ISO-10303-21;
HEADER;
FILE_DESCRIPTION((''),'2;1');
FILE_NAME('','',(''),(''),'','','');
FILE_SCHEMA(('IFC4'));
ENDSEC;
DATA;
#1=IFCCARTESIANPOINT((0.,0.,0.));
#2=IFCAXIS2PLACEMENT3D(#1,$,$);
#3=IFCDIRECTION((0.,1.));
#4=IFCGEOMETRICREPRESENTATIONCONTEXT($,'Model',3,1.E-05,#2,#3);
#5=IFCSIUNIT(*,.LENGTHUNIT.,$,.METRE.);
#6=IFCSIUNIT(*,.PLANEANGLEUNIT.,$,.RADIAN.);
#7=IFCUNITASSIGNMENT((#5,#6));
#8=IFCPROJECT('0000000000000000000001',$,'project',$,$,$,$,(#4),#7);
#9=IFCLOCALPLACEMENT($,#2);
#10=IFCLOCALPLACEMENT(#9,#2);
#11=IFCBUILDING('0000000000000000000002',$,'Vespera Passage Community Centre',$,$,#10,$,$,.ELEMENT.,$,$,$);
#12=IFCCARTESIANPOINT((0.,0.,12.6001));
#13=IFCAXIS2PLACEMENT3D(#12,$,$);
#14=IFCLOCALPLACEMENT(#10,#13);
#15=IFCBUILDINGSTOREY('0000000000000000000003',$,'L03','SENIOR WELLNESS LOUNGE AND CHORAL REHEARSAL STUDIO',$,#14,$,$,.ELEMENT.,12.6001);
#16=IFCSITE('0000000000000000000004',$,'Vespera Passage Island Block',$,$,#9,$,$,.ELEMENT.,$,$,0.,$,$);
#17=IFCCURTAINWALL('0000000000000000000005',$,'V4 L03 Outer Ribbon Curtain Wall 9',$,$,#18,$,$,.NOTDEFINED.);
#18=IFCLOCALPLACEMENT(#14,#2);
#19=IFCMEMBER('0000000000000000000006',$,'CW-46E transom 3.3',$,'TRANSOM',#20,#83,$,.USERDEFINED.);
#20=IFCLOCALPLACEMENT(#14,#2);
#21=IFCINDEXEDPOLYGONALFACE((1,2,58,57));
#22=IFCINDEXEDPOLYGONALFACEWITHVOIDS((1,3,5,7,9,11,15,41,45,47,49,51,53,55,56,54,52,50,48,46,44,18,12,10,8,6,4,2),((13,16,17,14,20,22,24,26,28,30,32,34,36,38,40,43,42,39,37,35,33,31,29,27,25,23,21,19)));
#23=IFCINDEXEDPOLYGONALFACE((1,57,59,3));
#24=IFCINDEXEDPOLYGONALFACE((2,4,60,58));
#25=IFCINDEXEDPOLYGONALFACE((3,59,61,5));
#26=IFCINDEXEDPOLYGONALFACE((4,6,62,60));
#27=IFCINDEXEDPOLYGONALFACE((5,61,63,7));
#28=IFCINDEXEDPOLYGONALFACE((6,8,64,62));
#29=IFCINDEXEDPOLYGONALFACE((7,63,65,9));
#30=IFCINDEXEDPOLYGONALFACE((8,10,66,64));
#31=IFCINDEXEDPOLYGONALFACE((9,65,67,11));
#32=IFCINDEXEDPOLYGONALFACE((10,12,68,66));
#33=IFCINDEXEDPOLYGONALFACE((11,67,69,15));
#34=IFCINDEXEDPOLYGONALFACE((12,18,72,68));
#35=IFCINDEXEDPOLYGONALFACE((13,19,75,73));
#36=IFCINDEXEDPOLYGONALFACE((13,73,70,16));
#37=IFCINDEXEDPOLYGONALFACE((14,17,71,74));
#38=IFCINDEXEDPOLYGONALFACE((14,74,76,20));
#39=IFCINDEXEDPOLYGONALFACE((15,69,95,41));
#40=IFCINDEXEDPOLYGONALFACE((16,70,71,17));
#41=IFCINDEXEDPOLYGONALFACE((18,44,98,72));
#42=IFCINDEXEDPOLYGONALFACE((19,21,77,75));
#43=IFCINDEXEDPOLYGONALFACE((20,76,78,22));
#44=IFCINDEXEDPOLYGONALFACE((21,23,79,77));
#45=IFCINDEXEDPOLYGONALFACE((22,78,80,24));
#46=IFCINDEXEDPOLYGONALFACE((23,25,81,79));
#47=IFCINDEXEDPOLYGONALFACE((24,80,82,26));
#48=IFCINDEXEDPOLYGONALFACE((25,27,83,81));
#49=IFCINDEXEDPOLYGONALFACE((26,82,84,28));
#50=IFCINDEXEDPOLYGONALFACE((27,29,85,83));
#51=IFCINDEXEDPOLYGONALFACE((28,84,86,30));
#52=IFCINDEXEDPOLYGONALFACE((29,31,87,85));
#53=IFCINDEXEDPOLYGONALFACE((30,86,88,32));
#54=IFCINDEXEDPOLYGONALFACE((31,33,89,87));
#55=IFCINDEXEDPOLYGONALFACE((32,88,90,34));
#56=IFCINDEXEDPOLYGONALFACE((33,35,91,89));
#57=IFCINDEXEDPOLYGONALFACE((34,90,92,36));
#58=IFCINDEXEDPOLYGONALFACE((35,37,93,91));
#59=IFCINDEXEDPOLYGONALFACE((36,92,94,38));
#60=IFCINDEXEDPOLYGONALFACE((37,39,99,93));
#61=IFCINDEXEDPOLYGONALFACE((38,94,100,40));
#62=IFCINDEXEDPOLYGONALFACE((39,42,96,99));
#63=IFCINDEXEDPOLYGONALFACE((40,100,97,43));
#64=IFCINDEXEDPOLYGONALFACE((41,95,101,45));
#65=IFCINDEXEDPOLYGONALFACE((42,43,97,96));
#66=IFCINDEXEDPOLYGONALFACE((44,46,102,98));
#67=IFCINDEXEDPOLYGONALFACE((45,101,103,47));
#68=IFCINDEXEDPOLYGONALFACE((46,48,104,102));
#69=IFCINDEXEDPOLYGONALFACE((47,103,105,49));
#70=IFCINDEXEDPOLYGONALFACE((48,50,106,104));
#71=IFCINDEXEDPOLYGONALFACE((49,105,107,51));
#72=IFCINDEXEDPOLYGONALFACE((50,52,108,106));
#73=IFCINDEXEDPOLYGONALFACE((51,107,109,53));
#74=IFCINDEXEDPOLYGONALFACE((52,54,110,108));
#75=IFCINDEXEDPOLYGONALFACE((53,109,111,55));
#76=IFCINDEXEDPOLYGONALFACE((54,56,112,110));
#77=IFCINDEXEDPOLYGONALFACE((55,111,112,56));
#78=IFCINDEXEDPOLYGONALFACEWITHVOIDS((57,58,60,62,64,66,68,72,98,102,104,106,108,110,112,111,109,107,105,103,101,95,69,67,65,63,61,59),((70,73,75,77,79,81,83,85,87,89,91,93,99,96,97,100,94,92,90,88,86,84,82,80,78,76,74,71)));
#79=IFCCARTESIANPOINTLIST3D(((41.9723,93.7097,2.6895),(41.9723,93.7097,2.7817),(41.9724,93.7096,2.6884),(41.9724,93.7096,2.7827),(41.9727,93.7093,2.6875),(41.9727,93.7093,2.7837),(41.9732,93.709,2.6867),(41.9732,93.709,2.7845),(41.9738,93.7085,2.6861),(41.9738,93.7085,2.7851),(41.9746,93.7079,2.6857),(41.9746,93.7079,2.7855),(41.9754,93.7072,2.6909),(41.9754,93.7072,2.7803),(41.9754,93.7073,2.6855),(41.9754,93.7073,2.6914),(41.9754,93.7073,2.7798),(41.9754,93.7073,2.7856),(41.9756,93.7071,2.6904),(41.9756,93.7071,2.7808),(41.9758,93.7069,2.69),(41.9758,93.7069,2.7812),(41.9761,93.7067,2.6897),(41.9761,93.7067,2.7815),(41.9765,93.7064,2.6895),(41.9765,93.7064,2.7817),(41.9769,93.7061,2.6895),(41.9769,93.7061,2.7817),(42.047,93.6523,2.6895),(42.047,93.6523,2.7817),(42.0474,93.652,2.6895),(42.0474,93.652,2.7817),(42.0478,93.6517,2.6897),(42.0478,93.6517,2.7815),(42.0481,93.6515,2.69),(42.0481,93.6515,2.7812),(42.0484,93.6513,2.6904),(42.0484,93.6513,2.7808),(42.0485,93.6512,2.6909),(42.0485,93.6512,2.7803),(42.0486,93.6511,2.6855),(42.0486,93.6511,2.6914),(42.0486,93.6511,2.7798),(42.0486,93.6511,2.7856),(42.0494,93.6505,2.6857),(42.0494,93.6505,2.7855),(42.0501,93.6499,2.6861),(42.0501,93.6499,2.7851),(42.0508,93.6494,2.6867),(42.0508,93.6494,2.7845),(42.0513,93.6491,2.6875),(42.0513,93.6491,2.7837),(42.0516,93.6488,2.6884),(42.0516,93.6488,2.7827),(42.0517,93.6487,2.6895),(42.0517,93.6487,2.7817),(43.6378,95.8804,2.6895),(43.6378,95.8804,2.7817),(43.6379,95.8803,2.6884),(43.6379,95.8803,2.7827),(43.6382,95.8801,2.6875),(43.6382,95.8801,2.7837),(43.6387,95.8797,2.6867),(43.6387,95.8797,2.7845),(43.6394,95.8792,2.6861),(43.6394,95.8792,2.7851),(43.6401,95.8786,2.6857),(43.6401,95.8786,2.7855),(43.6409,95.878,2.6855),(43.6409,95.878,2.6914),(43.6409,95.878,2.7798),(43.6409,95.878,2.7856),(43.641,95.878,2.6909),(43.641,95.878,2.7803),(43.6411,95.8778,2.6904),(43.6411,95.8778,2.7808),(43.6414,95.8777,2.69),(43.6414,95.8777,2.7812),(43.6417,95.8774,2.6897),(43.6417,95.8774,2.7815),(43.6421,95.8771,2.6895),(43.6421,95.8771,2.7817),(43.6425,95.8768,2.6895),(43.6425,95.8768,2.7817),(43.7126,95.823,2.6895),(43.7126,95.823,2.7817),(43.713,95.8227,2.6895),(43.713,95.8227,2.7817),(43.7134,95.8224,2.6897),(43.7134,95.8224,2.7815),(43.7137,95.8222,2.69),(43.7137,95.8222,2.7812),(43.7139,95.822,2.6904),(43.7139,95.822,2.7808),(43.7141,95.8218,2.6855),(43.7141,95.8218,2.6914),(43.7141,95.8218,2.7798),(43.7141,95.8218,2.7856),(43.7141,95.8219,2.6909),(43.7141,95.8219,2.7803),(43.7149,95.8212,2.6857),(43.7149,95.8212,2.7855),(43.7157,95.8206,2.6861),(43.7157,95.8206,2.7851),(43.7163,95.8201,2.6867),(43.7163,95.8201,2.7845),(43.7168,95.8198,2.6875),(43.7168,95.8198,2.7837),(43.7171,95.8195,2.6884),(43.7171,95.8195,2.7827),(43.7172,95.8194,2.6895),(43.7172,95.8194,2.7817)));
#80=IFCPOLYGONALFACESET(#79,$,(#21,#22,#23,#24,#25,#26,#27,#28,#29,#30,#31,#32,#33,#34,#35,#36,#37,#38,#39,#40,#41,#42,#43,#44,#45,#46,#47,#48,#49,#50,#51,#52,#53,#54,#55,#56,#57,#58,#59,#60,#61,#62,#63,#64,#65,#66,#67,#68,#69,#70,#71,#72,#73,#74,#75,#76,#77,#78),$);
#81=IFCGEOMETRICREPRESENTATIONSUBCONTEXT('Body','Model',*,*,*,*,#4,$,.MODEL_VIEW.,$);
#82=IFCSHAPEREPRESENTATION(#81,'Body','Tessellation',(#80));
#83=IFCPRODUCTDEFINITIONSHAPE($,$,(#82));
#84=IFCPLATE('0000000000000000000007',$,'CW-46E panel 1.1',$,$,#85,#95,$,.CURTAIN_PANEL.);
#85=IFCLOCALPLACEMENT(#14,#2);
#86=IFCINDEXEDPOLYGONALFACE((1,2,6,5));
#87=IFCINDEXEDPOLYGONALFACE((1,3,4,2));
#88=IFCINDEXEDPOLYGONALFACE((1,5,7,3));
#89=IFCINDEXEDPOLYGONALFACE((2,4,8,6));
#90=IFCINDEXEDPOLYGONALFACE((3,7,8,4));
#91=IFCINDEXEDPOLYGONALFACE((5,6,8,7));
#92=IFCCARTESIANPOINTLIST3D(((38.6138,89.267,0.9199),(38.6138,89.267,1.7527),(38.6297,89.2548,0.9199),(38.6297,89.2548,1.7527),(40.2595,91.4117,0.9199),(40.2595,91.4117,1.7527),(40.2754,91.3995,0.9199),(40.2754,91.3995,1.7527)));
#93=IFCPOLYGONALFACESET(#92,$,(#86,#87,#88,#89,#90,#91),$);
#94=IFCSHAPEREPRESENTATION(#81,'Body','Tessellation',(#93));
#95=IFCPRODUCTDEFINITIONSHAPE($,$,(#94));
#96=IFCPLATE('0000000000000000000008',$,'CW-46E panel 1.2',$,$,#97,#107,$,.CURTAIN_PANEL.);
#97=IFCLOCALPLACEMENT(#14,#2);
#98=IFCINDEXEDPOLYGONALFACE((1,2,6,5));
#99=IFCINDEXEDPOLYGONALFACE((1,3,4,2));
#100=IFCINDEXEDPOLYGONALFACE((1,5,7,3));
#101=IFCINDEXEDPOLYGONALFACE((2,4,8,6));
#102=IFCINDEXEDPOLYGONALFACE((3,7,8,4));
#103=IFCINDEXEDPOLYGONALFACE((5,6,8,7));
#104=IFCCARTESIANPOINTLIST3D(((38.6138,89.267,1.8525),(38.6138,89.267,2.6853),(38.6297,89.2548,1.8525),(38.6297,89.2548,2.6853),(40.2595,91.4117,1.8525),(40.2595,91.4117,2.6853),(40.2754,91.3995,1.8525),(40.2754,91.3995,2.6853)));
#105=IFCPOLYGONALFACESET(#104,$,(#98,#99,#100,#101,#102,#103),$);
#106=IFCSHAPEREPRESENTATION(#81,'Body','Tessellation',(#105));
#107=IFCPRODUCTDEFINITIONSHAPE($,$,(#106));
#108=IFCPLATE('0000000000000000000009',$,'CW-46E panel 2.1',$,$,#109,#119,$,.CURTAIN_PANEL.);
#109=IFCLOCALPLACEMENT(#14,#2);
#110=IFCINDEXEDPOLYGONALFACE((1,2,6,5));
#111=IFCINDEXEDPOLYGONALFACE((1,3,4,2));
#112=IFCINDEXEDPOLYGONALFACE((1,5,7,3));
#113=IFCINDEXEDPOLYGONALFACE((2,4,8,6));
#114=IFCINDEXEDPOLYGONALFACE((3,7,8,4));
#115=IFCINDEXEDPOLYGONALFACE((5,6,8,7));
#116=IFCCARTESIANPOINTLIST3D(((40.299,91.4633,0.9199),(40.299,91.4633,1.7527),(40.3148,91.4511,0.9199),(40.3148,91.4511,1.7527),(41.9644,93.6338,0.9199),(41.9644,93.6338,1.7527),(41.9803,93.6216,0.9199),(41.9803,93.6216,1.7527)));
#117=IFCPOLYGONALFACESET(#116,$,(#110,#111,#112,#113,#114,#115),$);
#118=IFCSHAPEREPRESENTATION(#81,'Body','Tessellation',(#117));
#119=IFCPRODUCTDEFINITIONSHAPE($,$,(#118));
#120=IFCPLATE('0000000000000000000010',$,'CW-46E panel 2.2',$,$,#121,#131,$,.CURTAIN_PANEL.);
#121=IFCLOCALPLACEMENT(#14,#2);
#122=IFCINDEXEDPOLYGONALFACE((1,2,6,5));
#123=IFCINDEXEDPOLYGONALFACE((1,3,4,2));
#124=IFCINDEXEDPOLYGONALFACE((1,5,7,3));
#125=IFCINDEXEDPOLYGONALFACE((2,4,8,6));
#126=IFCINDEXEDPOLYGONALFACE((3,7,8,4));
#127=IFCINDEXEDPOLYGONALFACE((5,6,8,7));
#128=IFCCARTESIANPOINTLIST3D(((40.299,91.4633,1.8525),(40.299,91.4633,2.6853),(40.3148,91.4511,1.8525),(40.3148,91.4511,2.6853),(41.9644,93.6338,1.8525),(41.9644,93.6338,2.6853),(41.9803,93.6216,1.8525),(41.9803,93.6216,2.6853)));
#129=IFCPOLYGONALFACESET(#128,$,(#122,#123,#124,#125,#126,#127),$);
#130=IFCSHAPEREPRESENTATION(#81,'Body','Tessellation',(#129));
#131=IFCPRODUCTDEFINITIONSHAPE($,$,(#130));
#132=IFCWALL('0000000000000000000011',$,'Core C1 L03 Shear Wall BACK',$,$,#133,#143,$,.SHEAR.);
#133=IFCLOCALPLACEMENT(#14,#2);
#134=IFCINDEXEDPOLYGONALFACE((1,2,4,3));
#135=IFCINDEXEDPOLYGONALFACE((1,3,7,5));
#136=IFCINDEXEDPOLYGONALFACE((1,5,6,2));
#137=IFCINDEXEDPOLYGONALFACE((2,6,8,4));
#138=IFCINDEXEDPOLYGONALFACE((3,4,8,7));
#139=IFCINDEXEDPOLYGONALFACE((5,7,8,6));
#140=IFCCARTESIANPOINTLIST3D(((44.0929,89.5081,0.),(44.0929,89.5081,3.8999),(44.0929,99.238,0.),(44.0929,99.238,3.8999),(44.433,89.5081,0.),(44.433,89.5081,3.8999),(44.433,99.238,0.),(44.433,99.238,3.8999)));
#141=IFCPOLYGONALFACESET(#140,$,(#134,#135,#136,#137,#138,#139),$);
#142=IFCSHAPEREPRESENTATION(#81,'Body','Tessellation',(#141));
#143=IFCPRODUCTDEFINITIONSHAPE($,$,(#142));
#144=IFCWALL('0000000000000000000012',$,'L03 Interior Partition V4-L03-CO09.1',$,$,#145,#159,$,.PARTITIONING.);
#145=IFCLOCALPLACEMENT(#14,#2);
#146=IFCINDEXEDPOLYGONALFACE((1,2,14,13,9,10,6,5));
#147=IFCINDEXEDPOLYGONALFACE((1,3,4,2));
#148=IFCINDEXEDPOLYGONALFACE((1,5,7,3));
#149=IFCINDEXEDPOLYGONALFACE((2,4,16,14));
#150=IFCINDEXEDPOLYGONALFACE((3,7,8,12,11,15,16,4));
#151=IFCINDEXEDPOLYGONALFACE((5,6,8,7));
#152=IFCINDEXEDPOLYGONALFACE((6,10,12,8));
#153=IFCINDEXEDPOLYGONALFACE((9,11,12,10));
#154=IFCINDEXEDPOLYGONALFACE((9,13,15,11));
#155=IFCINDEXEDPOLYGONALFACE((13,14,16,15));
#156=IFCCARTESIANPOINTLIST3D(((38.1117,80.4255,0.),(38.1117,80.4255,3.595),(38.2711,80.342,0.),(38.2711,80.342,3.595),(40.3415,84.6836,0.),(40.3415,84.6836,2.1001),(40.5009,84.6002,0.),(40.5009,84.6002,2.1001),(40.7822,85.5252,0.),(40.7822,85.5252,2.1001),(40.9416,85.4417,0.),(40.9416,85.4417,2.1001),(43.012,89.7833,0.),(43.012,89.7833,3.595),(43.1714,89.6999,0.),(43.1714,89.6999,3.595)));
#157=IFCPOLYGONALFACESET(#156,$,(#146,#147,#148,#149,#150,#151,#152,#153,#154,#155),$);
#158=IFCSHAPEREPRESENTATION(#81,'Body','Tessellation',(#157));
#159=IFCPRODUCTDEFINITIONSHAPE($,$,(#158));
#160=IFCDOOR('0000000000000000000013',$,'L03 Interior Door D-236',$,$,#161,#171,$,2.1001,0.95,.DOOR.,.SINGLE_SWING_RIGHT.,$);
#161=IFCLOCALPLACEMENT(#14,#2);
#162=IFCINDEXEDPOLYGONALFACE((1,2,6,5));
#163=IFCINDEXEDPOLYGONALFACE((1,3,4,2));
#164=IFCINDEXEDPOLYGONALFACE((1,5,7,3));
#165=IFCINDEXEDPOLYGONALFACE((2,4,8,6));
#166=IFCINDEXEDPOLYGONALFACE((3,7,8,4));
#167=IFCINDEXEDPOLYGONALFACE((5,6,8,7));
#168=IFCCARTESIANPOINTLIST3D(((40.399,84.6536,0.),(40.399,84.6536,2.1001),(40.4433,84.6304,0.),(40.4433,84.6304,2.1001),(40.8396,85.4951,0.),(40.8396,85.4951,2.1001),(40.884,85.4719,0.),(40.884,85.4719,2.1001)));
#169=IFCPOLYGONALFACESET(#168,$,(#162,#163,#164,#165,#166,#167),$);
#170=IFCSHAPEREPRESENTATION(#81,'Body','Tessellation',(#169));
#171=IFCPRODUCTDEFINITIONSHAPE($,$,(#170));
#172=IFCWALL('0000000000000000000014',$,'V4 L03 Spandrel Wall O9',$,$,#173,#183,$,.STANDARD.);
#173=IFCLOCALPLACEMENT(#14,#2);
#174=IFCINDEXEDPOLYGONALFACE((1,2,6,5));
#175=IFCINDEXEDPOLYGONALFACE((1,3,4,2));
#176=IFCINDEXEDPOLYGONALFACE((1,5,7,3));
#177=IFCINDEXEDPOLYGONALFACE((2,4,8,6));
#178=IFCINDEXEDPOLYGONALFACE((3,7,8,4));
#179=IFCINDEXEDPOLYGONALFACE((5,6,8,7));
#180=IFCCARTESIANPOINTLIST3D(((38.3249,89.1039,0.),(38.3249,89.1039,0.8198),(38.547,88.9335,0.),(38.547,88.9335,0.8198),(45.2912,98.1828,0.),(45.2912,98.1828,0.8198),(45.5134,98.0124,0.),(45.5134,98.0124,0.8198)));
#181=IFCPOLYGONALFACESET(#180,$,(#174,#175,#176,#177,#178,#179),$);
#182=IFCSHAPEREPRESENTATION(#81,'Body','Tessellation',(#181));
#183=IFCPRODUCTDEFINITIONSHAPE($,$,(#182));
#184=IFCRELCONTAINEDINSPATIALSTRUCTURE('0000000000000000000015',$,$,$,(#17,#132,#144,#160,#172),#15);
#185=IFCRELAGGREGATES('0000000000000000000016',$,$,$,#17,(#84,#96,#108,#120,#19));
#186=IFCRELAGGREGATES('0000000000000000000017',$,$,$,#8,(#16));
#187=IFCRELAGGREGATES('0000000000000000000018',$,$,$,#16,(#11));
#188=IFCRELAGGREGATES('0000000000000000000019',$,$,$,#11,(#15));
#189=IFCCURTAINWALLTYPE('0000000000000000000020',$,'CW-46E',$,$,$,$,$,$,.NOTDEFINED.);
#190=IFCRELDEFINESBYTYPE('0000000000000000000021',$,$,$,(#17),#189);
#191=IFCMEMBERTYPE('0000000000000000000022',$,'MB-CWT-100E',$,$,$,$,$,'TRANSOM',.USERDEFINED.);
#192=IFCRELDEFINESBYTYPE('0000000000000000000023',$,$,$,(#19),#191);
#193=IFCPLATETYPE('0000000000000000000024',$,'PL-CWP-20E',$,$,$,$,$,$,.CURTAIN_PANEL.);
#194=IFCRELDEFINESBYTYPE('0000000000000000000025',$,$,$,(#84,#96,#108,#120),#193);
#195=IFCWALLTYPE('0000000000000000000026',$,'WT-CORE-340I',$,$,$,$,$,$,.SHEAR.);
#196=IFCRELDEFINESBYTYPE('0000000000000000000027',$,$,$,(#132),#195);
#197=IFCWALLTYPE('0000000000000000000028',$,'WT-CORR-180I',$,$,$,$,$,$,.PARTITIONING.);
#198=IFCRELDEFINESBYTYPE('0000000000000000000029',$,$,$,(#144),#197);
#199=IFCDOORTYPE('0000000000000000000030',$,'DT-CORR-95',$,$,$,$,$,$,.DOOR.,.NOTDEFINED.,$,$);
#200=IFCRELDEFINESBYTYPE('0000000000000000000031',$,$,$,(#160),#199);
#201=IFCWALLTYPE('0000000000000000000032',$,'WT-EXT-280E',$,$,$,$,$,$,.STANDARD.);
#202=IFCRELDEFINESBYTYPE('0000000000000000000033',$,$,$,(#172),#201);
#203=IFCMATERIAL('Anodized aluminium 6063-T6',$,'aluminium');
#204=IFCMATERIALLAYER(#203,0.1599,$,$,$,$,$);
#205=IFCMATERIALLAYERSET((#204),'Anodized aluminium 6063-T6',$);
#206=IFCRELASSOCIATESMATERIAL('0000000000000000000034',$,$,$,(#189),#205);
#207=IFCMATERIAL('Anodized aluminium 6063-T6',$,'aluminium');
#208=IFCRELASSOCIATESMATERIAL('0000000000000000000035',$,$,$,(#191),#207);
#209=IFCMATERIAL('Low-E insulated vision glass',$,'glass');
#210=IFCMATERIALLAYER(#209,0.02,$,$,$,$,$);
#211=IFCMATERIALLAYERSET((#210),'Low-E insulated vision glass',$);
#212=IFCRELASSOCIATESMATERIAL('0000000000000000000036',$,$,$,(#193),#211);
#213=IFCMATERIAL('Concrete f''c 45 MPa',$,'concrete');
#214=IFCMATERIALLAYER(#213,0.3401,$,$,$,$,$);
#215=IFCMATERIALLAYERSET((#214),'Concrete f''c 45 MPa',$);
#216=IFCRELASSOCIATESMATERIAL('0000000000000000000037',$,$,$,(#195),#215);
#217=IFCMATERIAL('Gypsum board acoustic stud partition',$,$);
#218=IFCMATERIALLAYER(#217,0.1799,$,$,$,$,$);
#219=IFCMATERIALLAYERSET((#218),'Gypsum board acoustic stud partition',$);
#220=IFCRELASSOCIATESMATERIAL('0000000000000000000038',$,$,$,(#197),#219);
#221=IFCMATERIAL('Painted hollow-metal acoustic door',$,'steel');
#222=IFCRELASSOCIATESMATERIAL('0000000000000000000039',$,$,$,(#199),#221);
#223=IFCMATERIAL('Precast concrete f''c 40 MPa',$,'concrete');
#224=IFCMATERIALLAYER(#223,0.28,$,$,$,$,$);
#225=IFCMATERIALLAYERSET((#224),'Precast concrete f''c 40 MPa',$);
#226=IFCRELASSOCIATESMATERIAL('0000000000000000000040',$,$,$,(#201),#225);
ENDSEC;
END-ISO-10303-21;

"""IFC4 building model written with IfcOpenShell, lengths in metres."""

from ifc_helpers import new_model, si_unit, direction, frame, frame_2d, origin, origin_2d, place, context, subcontext, project, spatial, rectangle, hollow_rectangle, extrude, material, layer, layer_set, material_profile, profile_set, type_object, element, fill, aggregate, save


model = new_model("IFC4")

# Units and contexts
model_context = context("Model", 3, precision=1e-05, world=origin(), true_north=direction((0.0, 1.0)))
body_context = subcontext(model_context, "Body", "Model", "MODEL_VIEW")
ifc_project = project(units=[si_unit("LENGTHUNIT", "METRE"), si_unit("PLANEANGLEUNIT", "RADIAN")], contexts=[model_context])

# Site, building, storey
site_placement = place(None, origin())
site = spatial("IfcSite", under=ifc_project, at=site_placement, Name="Vespera Passage Island Block", CompositionType="ELEMENT", RefElevation=0.0)
building_placement = place(site_placement, origin())
building = spatial("IfcBuilding", under=site, at=building_placement, Name="Vespera Passage Community Centre", CompositionType="ELEMENT")
storey_placement = place(building_placement, frame((0.0, 0.0, 12.6001)))
storey = spatial("IfcBuildingStorey", under=building, at=storey_placement, Name="L03", Description="SENIOR WELLNESS LOUNGE AND CHORAL REHEARSAL STUDIO", CompositionType="ELEMENT", Elevation=12.6001)

# Curtain wall, member, plates
ifc_material_1 = material(Name="Anodized aluminium 6063-T6", Category="aluminium")
ifc_layer_1 = layer(ifc_material_1, 0.1599)
ifc_layer_set_1 = layer_set([ifc_layer_1], Name="Anodized aluminium 6063-T6")
curtain_wall_type = type_object("IfcCurtainWallType", Name="CW-46E", PredefinedType="NOTDEFINED", material=ifc_layer_set_1)
curtain_wall_placement = place(storey_placement, origin())
curtain_wall = element("IfcCurtainWall", 1, at=curtain_wall_placement, inside=storey, type_object=curtain_wall_type, Name="V4 L03 Outer Ribbon Curtain Wall 9", PredefinedType="NOTDEFINED")
ifc_material_2 = material(Name="Anodized aluminium 6063-T6", Category="aluminium")
ifc_material_profile_1 = material_profile(ifc_material_2, hollow_rectangle(XDim=0.1001, YDim=0.1001, WallThickness=0.0039, InnerFilletRadius=0.002, OuterFilletRadius=0.0039, at=origin_2d()), Name="ALU100X100X4")
ifc_profile_set_1 = profile_set([ifc_material_profile_1], Name="Anodized aluminium 6063-T6")
member_type_1 = type_object("IfcMemberType", Name="MB-CWT-100E", ElementType="TRANSOM", PredefinedType="USERDEFINED", material=ifc_profile_set_1)
member_1_placement = place(storey_placement, frame((42.012, 93.6792, 2.7356), z_axis=(0.608744, 0.793366, 0.0), x_axis=(-0.793366, 0.608744, 0.0)))
member_1 = element("IfcMember", 2, at=member_1_placement, type_object=member_type_1, Name="CW-46E transom 3.3", ObjectType="TRANSOM", PredefinedType="USERDEFINED", context=body_context, shape_type="SweptSolid", body=[
    extrude(hollow_rectangle(XDim=0.1001, YDim=0.1001, WallThickness=0.0039, InnerFilletRadius=0.002, OuterFilletRadius=0.0039, at=origin_2d()), origin(), (0.0, 0.0, 1.0), 2.7361),
])
ifc_material_3 = material(Name="Low-E insulated vision glass", Category="glass")
ifc_layer_2 = layer(ifc_material_3, 0.02)
ifc_layer_set_2 = layer_set([ifc_layer_2], Name="Low-E insulated vision glass")
plate_type = type_object("IfcPlateType", Name="PL-CWP-20E", PredefinedType="CURTAIN_PANEL", material=ifc_layer_set_2)
plate_1_placement = place(storey_placement, frame((39.4446, 90.3333, 0.9199), z_axis=(0.0, 0.0, 1.0), x_axis=(0.608765, 0.79335, 0.0)))
plate_1 = element("IfcPlate", 3, at=plate_1_placement, type_object=plate_type, Name="CW-46E panel 1.1", PredefinedType="CURTAIN_PANEL", context=body_context, shape_type="SweptSolid", body=[
    extrude(rectangle(XDim=2.7034, YDim=0.02, at=origin_2d()), origin(), (0.0, 0.0, 1.0), 0.8328),
])
plate_2_placement = place(storey_placement, frame((39.4446, 90.3333, 1.8525), z_axis=(0.0, 0.0, 1.0), x_axis=(0.608765, 0.79335, 0.0)))
plate_2 = element("IfcPlate", 4, at=plate_2_placement, type_object=plate_type, Name="CW-46E panel 1.2", PredefinedType="CURTAIN_PANEL", context=body_context, shape_type="SweptSolid", body=[
    extrude(rectangle(XDim=2.7034, YDim=0.02, at=origin_2d()), origin(), (0.0, 0.0, 1.0), 0.8328),
])
plate_3_placement = place(storey_placement, frame((41.1396, 92.5425, 0.9199), z_axis=(0.0, 0.0, 1.0), x_axis=(0.608765, 0.79335, 0.0)))
plate_3 = element("IfcPlate", 5, at=plate_3_placement, type_object=plate_type, Name="CW-46E panel 2.1", PredefinedType="CURTAIN_PANEL", context=body_context, shape_type="SweptSolid", body=[
    extrude(rectangle(XDim=2.7358, YDim=0.02, at=origin_2d()), origin(), (0.0, 0.0, 1.0), 0.8328),
])
plate_4_placement = place(storey_placement, frame((41.1396, 92.5425, 1.8525), z_axis=(0.0, 0.0, 1.0), x_axis=(0.608765, 0.79335, 0.0)))
plate_4 = element("IfcPlate", 6, at=plate_4_placement, type_object=plate_type, Name="CW-46E panel 2.2", PredefinedType="CURTAIN_PANEL", context=body_context, shape_type="SweptSolid", body=[
    extrude(rectangle(XDim=2.7358, YDim=0.02, at=origin_2d()), origin(), (0.0, 0.0, 1.0), 0.8328),
])
aggregate(curtain_wall, [plate_1, plate_2, plate_3, plate_4, member_1])

# Wall
ifc_material_4 = material(Name="Concrete f'c 45 MPa", Category="concrete")
ifc_layer_3 = layer(ifc_material_4, 0.3401)
ifc_layer_set_3 = layer_set([ifc_layer_3], Name="Concrete f'c 45 MPa")
wall_type_1 = type_object("IfcWallType", Name="WT-CORE-340I", PredefinedType="SHEAR", material=ifc_layer_set_3)
wall_1_placement = place(storey_placement, frame((44.2629, 89.5081, 0.0), z_axis=(0.0, 0.0, 1.0), x_axis=(0.0, 1.0, 0.0)))
element("IfcWall", 7, at=wall_1_placement, inside=storey, type_object=wall_type_1, Name="Core C1 L03 Shear Wall BACK", PredefinedType="SHEAR", context=body_context, shape_type="SweptSolid", body=[
    extrude(rectangle(XDim=9.73, YDim=0.3401, at=frame_2d((4.865, 0.0))), origin(), (0.0, 0.0, 1.0), 3.8999),
])

# Wall, opening, door
ifc_material_5 = material(Name="Gypsum board acoustic stud partition")
ifc_layer_4 = layer(ifc_material_5, 0.1799)
ifc_layer_set_4 = layer_set([ifc_layer_4], Name="Gypsum board acoustic stud partition")
wall_type_2 = type_object("IfcWallType", Name="WT-CORR-180I", PredefinedType="PARTITIONING", material=ifc_layer_set_4)
wall_2_placement = place(storey_placement, frame((43.0918, 89.7417, 0.0), z_axis=(0.0, 0.0, 1.0), x_axis=(-0.463905, -0.885885, 0.0)))
wall_2 = element("IfcWall", 8, at=wall_2_placement, inside=storey, type_object=wall_type_2, Name="L03 Interior Partition V4-L03-CO09.1", PredefinedType="PARTITIONING", context=body_context, shape_type="SweptSolid", body=[
    extrude(rectangle(XDim=10.5632, YDim=0.1799, at=frame_2d((5.2817, 0.0))), origin(), (0.0, 0.0, 1.0), 3.595),
])
opening_placement = place(wall_2_placement, frame((4.8066, 0.0, 0.0)))
opening = element("IfcOpeningElement", 9, at=opening_placement, cuts=wall_2, PredefinedType="OPENING", context=body_context, shape_type="SweptSolid", body=[
    extrude(rectangle(XDim=0.95, YDim=2.1001, at=frame_2d((0.4751, 1.05))), frame((0.0, 0.0999, 0.0), z_axis=(0.0, -1.0, 0.0), x_axis=(1.0, 0.0, 0.0)), (0.0, 0.0, 1.0), 0.2),
])
ifc_material_6 = material(Name="Painted hollow-metal acoustic door", Category="steel")
door_type = type_object("IfcDoorType", Name="DT-CORR-95", OperationType="NOTDEFINED", PredefinedType="DOOR", material=ifc_material_6)
door_placement = place(opening_placement, origin())
door = element("IfcDoor", 10, at=door_placement, inside=storey, type_object=door_type, Name="L03 Interior Door D-236", OperationType="SINGLE_SWING_RIGHT", OverallHeight=2.1001, OverallWidth=0.95, PredefinedType="DOOR", context=body_context, shape_type="SweptSolid", body=[
    extrude(rectangle(XDim=0.95, YDim=2.1001, at=frame_2d((0.4751, 1.05))), frame((0.0, 0.0249, 0.0), z_axis=(0.0, -1.0, 0.0), x_axis=(1.0, 0.0, 0.0)), (0.0, 0.0, 1.0), 0.05),
])
fill(opening, door)

# Wall
ifc_material_7 = material(Name="Precast concrete f'c 40 MPa", Category="concrete")
ifc_layer_5 = layer(ifc_material_7, 0.28)
ifc_layer_set_5 = layer_set([ifc_layer_5], Name="Precast concrete f'c 40 MPa")
wall_type_3 = type_object("IfcWallType", Name="WT-EXT-280E", PredefinedType="STANDARD", material=ifc_layer_set_5)
wall_3_placement = place(storey_placement, frame((38.436, 89.0188, 0.0), z_axis=(0.0, 0.0, 1.0), x_axis=(0.608754, 0.793359, 0.0)))
element("IfcWall", 11, at=wall_3_placement, inside=storey, type_object=wall_type_3, Name="V4 L03 Spandrel Wall O9", PredefinedType="STANDARD", context=body_context, shape_type="SweptSolid", body=[
    extrude(rectangle(XDim=11.4436, YDim=0.28, at=frame_2d((5.7217, 0.0))), origin(), (0.0, 0.0, 1.0), 0.8198),
])

save(model, "model.ifc")
